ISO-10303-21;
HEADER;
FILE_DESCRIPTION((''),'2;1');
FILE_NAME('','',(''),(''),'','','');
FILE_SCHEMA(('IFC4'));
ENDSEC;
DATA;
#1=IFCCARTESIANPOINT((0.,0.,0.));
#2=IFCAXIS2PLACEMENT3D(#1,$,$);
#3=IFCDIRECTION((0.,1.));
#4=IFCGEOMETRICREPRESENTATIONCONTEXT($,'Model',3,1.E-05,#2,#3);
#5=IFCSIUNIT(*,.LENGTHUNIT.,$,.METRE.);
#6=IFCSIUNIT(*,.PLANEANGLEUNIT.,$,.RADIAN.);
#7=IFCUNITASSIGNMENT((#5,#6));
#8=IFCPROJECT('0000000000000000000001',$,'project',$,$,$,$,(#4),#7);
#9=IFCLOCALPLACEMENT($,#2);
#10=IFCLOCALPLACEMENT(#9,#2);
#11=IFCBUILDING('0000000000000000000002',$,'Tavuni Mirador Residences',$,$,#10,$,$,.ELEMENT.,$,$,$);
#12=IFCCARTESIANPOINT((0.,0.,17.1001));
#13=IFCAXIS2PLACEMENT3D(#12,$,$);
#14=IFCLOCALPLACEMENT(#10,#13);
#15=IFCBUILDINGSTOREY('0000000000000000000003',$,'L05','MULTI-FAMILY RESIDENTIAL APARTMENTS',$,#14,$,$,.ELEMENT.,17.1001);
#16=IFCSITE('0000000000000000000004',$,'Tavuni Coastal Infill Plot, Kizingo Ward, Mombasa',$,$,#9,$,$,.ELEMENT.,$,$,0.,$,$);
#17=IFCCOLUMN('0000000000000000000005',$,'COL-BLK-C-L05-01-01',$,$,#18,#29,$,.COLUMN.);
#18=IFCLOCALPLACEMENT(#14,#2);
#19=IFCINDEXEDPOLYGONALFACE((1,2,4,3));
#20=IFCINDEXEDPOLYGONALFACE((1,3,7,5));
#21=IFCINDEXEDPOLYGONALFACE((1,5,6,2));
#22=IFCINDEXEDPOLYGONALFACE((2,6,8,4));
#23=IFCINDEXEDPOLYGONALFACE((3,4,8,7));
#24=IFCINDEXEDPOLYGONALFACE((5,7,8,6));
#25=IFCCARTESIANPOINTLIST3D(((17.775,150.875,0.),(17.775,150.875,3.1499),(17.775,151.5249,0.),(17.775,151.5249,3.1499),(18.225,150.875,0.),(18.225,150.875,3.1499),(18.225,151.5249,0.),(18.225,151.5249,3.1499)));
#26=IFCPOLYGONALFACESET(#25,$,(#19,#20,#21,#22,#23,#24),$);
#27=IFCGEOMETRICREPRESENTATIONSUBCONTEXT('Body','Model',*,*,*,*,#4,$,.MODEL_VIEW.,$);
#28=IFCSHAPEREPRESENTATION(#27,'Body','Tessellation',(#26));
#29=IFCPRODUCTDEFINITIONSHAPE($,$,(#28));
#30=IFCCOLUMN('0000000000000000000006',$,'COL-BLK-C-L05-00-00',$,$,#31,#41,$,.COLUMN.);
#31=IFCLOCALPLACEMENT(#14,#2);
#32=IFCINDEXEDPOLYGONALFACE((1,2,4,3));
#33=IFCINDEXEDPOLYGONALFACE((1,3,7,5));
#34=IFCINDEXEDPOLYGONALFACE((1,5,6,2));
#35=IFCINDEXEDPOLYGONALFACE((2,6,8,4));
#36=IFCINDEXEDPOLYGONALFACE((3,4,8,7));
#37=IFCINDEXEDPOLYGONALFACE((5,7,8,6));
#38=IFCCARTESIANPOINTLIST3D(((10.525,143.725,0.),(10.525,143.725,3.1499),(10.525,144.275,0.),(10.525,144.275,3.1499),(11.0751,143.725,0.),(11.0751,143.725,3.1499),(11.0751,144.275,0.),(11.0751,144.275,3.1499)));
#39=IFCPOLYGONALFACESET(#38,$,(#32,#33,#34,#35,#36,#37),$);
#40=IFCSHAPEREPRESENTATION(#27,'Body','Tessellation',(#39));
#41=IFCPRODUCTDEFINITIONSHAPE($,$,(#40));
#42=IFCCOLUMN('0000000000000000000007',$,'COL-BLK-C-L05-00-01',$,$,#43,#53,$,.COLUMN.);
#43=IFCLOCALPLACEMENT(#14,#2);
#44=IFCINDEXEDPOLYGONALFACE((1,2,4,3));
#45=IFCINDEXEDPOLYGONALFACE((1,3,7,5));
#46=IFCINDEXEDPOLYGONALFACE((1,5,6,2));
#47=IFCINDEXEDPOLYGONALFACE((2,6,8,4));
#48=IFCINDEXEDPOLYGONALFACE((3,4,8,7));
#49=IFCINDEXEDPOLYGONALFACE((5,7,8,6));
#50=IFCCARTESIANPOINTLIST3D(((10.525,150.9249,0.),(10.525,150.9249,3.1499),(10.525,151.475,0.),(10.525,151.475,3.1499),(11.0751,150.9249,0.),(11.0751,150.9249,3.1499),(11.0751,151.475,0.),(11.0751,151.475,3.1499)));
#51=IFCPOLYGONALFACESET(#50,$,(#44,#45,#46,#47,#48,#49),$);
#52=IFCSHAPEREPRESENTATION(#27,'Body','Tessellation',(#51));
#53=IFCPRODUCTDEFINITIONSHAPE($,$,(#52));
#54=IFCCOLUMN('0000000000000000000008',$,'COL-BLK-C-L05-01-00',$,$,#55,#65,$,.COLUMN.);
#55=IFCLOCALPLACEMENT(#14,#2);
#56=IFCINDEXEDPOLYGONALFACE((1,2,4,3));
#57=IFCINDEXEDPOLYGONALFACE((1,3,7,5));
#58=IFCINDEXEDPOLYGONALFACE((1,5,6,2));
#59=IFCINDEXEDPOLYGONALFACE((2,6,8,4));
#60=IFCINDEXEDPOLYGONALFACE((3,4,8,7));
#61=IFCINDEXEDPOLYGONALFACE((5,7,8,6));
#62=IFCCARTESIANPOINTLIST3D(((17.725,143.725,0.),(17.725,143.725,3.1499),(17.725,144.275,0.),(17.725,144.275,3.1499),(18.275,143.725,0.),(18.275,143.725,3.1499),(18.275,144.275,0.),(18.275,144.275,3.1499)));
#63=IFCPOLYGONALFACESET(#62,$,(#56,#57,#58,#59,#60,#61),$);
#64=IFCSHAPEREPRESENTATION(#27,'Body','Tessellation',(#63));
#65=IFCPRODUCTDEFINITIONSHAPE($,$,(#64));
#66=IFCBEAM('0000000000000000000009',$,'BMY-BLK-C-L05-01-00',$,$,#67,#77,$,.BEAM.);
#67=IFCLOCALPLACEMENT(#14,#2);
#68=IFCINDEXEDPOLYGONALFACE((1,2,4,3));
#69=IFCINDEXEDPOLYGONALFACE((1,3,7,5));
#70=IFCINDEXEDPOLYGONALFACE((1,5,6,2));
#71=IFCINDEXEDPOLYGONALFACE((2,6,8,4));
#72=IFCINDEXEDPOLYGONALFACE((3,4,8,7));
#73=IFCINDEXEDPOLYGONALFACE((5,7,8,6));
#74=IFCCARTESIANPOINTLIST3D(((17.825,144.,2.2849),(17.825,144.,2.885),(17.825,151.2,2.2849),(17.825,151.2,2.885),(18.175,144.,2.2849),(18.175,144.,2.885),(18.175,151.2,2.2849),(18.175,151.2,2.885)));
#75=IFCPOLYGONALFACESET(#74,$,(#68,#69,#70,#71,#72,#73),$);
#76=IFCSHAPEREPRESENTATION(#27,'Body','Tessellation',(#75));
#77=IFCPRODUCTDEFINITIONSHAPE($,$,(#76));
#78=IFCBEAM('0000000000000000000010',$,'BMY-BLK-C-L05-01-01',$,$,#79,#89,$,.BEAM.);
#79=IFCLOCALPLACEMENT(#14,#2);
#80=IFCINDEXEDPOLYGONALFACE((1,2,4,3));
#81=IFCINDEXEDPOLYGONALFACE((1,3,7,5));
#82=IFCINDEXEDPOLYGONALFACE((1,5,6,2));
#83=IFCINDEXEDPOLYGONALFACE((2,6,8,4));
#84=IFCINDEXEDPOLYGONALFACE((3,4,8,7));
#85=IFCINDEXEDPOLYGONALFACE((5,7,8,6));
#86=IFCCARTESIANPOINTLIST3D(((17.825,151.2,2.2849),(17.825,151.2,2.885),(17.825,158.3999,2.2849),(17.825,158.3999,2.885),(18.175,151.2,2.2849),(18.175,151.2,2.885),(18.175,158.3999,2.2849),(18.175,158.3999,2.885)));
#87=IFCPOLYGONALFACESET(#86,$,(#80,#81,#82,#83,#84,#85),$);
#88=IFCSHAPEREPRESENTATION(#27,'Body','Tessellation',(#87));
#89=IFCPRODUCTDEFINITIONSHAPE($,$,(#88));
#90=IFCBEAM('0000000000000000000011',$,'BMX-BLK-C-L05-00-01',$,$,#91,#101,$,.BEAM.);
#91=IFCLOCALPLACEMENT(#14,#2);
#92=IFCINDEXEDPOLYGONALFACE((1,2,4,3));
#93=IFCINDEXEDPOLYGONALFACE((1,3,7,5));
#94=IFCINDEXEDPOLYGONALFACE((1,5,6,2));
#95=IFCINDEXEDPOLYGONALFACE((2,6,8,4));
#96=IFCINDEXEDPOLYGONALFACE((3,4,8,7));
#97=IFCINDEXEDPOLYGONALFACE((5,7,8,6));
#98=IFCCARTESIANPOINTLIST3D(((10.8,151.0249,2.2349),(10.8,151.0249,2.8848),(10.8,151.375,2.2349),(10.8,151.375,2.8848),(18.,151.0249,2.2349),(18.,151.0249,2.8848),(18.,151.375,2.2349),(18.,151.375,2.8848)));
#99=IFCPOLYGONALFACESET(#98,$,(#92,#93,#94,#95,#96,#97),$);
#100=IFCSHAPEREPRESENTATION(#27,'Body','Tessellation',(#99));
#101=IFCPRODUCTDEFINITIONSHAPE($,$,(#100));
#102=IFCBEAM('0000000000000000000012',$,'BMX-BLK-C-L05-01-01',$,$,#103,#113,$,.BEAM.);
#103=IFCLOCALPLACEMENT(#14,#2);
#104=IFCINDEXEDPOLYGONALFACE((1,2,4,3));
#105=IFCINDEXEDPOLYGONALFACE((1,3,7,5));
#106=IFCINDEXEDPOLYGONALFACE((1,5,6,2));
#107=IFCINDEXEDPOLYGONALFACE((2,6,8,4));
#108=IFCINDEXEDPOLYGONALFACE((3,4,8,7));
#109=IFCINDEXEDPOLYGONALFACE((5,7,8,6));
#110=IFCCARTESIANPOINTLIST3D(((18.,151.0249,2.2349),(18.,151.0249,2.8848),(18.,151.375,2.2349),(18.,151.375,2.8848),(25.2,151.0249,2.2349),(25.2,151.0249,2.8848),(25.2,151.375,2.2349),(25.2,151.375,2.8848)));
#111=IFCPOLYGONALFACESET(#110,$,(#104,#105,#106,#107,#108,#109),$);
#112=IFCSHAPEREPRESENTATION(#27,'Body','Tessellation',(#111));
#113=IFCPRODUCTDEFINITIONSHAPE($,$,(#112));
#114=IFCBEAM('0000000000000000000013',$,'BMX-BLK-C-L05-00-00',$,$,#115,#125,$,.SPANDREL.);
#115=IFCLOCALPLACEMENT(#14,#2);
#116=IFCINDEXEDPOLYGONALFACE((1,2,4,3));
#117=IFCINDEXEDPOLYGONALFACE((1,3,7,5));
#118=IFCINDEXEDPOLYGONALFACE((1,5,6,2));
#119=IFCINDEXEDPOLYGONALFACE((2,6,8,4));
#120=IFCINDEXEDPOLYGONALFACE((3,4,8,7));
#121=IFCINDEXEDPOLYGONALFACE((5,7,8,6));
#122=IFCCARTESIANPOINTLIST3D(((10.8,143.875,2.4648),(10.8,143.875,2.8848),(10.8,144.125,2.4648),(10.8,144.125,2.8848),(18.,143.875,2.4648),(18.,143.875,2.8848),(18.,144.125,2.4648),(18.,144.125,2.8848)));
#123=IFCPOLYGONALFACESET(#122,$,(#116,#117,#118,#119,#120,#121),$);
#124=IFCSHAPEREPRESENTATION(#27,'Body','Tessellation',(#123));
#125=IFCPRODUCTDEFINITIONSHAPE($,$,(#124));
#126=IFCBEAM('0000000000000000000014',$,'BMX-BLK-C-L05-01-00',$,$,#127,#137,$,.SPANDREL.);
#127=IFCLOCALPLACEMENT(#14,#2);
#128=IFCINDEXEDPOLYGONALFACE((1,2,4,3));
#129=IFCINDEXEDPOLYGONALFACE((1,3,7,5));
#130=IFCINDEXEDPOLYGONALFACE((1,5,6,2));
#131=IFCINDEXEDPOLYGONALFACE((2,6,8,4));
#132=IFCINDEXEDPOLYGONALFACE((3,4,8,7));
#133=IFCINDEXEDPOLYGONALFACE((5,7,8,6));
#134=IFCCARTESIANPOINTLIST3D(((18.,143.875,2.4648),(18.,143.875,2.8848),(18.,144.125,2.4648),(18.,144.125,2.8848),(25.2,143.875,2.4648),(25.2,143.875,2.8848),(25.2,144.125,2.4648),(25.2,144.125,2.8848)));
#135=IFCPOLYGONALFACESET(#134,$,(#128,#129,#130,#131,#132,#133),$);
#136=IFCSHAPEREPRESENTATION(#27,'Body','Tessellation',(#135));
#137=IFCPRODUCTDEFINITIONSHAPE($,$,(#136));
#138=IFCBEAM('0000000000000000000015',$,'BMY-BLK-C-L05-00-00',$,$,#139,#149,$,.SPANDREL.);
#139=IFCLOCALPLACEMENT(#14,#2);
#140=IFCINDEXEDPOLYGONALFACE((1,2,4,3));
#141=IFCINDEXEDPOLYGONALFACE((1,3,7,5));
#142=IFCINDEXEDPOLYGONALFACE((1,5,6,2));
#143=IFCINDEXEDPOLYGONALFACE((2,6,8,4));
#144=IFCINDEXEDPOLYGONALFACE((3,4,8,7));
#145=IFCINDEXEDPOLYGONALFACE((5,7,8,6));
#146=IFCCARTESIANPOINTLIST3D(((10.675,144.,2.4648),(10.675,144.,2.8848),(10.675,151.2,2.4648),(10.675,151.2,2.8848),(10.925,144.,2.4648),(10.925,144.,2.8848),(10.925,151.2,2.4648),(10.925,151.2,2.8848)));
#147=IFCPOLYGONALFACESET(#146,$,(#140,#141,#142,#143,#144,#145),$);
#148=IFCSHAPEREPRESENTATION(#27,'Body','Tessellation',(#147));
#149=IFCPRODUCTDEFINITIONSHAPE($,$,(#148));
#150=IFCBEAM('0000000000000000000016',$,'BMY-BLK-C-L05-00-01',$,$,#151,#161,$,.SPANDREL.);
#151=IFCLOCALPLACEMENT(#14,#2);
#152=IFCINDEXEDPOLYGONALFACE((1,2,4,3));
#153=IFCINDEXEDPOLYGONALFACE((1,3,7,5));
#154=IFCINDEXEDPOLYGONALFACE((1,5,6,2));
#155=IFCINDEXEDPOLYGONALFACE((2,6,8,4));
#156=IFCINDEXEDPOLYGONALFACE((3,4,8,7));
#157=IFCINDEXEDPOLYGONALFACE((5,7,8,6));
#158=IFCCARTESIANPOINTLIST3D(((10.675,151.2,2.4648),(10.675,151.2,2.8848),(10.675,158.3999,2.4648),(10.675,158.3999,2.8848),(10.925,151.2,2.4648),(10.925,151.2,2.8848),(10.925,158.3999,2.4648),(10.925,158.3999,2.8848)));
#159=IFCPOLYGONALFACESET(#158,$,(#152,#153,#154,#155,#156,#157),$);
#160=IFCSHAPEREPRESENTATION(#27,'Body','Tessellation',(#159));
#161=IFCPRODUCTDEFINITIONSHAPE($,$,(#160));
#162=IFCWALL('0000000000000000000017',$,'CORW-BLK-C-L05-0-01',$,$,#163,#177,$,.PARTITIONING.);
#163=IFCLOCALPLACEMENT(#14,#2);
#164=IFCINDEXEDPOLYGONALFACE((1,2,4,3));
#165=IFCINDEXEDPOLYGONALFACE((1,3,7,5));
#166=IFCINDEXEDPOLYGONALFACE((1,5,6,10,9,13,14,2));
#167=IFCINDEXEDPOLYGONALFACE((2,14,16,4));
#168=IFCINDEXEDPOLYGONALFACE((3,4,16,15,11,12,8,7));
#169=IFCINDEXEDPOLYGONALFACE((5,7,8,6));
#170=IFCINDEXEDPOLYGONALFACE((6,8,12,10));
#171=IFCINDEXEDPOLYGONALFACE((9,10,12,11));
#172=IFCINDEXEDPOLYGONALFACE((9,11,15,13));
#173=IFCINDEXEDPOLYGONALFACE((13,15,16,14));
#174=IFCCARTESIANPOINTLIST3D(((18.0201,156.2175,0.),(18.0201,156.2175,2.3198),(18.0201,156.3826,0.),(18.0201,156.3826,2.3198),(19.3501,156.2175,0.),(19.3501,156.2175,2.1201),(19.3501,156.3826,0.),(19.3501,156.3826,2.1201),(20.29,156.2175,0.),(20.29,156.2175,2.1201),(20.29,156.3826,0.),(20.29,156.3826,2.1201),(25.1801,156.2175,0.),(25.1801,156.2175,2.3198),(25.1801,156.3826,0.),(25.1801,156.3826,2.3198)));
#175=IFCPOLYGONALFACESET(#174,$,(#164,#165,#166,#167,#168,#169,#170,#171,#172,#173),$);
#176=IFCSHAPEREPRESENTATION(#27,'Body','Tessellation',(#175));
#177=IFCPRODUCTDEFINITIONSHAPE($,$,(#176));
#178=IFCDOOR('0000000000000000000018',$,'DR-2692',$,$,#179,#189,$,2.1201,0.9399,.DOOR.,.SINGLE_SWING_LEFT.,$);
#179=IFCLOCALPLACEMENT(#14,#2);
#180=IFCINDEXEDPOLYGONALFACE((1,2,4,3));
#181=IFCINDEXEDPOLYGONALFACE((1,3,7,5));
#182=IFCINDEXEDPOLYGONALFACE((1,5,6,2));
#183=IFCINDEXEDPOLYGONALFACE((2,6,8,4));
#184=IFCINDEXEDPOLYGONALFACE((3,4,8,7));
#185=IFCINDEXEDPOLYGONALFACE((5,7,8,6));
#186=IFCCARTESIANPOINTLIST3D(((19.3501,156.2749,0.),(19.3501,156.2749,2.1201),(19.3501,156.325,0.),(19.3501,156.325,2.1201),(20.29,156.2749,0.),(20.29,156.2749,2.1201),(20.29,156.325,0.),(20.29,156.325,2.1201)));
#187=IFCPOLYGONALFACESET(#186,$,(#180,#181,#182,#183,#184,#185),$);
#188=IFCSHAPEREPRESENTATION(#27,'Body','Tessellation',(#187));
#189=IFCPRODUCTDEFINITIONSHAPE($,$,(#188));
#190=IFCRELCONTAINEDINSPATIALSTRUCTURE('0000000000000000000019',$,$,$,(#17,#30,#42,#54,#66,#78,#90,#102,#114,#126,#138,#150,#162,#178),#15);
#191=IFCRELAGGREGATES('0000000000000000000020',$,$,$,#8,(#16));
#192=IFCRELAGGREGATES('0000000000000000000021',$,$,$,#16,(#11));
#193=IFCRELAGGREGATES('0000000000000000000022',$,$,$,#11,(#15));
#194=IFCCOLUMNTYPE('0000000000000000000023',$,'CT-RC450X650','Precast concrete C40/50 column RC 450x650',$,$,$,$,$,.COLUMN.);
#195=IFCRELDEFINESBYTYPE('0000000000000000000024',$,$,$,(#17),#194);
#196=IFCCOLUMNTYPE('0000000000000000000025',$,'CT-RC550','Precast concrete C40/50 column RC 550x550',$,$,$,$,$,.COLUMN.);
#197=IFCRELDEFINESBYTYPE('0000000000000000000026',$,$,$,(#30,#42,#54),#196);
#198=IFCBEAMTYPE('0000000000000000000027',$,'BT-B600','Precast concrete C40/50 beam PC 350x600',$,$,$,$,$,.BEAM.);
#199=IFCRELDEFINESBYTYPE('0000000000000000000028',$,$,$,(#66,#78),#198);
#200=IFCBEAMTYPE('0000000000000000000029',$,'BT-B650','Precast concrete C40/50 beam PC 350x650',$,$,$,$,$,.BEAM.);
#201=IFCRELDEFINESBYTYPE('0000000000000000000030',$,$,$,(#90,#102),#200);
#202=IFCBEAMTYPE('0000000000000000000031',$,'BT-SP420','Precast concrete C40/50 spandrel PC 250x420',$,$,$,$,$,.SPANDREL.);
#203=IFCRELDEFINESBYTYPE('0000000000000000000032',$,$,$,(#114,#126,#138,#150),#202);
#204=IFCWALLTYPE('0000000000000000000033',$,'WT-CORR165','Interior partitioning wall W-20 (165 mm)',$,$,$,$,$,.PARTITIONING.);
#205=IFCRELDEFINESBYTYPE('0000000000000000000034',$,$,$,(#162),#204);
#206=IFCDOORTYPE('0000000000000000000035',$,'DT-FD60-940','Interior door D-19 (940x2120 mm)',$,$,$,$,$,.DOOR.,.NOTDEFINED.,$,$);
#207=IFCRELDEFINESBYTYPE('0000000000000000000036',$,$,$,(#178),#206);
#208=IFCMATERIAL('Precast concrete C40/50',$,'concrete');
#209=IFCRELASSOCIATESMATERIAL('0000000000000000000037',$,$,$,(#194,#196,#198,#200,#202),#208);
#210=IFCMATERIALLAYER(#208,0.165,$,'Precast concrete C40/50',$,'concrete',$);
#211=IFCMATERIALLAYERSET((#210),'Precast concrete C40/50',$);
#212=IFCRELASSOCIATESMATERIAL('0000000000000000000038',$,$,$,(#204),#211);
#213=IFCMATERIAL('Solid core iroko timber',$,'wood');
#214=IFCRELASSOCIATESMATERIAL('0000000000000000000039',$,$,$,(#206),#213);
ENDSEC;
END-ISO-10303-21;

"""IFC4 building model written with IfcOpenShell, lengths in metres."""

from ifc_helpers import new_model, si_unit, direction, frame, frame_2d, origin, origin_2d, place, context, subcontext, project, spatial, rectangle, extrude, material, layer, layer_set, material_profile, profile_set, type_object, element, fill, save


model = new_model("IFC4")

# Units and contexts
model_context = context("Model", 3, precision=1e-05, world=origin(), true_north=direction((0.0, 1.0)))
body_context = subcontext(model_context, "Body", "Model", "MODEL_VIEW")
ifc_project = project(units=[si_unit("LENGTHUNIT", "METRE"), si_unit("PLANEANGLEUNIT", "RADIAN")], contexts=[model_context])

# Site, building, storey
site_placement = place(None, origin())
site = spatial("IfcSite", under=ifc_project, at=site_placement, Name="Tavuni Coastal Infill Plot, Kizingo Ward, Mombasa", CompositionType="ELEMENT", RefElevation=0.0)
building_placement = place(site_placement, origin())
building = spatial("IfcBuilding", under=site, at=building_placement, Name="Tavuni Mirador Residences", CompositionType="ELEMENT")
storey_placement = place(building_placement, frame((0.0, 0.0, 17.1001)))
storey = spatial("IfcBuildingStorey", under=building, at=storey_placement, Name="L05", Description="MULTI-FAMILY RESIDENTIAL APARTMENTS", CompositionType="ELEMENT", Elevation=17.1001)

# Columns
ifc_material_1 = material(Name="Precast concrete C40/50", Category="concrete")
ifc_material_profile_1 = material_profile(ifc_material_1, rectangle(XDim=0.45, YDim=0.6499, at=origin_2d()), Name="RC 450x650", Category="concrete")
ifc_profile_set_1 = profile_set([ifc_material_profile_1], Name="Precast concrete C40/50")
column_type_1 = type_object("IfcColumnType", Name="CT-RC450X650", Description="Precast concrete C40/50 column RC 450x650", PredefinedType="COLUMN", material=ifc_profile_set_1)
column_placement = place(storey_placement, frame((18.0, 151.2, 0.0), z_axis=(0.0, 0.0, 1.0), x_axis=(1.0, 0.0, 0.0)))
element("IfcColumn", 1, at=column_placement, inside=storey, type_object=column_type_1, Name="COL-BLK-C-L05-01-01", PredefinedType="COLUMN", context=body_context, shape_type="SweptSolid", body=[
    extrude(rectangle(XDim=0.45, YDim=0.6499, at=origin_2d()), origin(), (0.0, 0.0, 1.0), 3.1499),
])
ifc_material_profile_2 = material_profile(ifc_material_1, rectangle(XDim=0.55, YDim=0.55, at=origin_2d()), Name="RC 550x550", Category="concrete")
ifc_profile_set_2 = profile_set([ifc_material_profile_2], Name="Precast concrete C40/50")
column_type_2 = type_object("IfcColumnType", Name="CT-RC550", Description="Precast concrete C40/50 column RC 550x550", PredefinedType="COLUMN", material=ifc_profile_set_2)
for number, where, z_axis, x_axis, name in (
    (2, (10.8, 144.0, 0.0), (0.0, 0.0, 1.0), (1.0, 0.0, 0.0), "COL-BLK-C-L05-00-00"),
    (3, (10.8, 151.2, 0.0), (0.0, 0.0, 1.0), (1.0, 0.0, 0.0), "COL-BLK-C-L05-00-01"),
    (4, (18.0, 144.0, 0.0), (0.0, 0.0, 1.0), (1.0, 0.0, 0.0), "COL-BLK-C-L05-01-00"),
):
    element("IfcColumn", number, at=place(storey_placement, frame(where, z_axis=z_axis, x_axis=x_axis)), inside=storey, type_object=column_type_2, Name=name, PredefinedType="COLUMN", context=body_context, shape_type="SweptSolid", body=[
        extrude(rectangle(XDim=0.55, YDim=0.55, at=origin_2d()), origin(), (0.0, 0.0, 1.0), 3.1499),
    ])

# Beams
ifc_material_profile_3 = material_profile(ifc_material_1, rectangle(XDim=0.3501, YDim=0.6001, at=origin_2d()), Name="PC 350x600", Category="concrete")
ifc_profile_set_3 = profile_set([ifc_material_profile_3], Name="Precast concrete C40/50")
beam_type_1 = type_object("IfcBeamType", Name="BT-B600", Description="Precast concrete C40/50 beam PC 350x600", PredefinedType="BEAM", material=ifc_profile_set_3)
for number, where, z_axis, x_axis, name in (
    (5, (18.0, 144.0, 2.585), (0.0, 1.0, 0.0), (-1.0, 0.0, 0.0), "BMY-BLK-C-L05-01-00"),
    (6, (18.0, 151.2, 2.585), (0.0, 1.0, 0.0), (-1.0, 0.0, 0.0), "BMY-BLK-C-L05-01-01"),
):
    element("IfcBeam", number, at=place(storey_placement, frame(where, z_axis=z_axis, x_axis=x_axis)), inside=storey, type_object=beam_type_1, Name=name, PredefinedType="BEAM", context=body_context, shape_type="SweptSolid", body=[
        extrude(rectangle(XDim=0.3501, YDim=0.6001, at=origin_2d()), origin(), (0.0, 0.0, 1.0), 7.2),
    ])
ifc_material_profile_4 = material_profile(ifc_material_1, rectangle(XDim=0.3501, YDim=0.6499, at=origin_2d()), Name="PC 350x650", Category="concrete")
ifc_profile_set_4 = profile_set([ifc_material_profile_4], Name="Precast concrete C40/50")
beam_type_2 = type_object("IfcBeamType", Name="BT-B650", Description="Precast concrete C40/50 beam PC 350x650", PredefinedType="BEAM", material=ifc_profile_set_4)
for number, where, z_axis, x_axis, name in (
    (7, (10.8, 151.2, 2.5598), (1.0, 0.0, 0.0), (0.0, 1.0, 0.0), "BMX-BLK-C-L05-00-01"),
    (8, (18.0, 151.2, 2.5598), (1.0, 0.0, 0.0), (0.0, 1.0, 0.0), "BMX-BLK-C-L05-01-01"),
):
    element("IfcBeam", number, at=place(storey_placement, frame(where, z_axis=z_axis, x_axis=x_axis)), inside=storey, type_object=beam_type_2, Name=name, PredefinedType="BEAM", context=body_context, shape_type="SweptSolid", body=[
        extrude(rectangle(XDim=0.3501, YDim=0.6499, at=origin_2d()), origin(), (0.0, 0.0, 1.0), 7.2),
    ])
ifc_material_profile_5 = material_profile(ifc_material_1, rectangle(XDim=0.25, YDim=0.4199, at=origin_2d()), Name="PC 250x420", Category="concrete")
ifc_profile_set_5 = profile_set([ifc_material_profile_5], Name="Precast concrete C40/50")
beam_type_3 = type_object("IfcBeamType", Name="BT-SP420", Description="Precast concrete C40/50 spandrel PC 250x420", PredefinedType="SPANDREL", material=ifc_profile_set_5)
for number, where, z_axis, x_axis, name in (
    (9, (10.8, 144.0, 2.6748), (1.0, 0.0, 0.0), (0.0, 1.0, 0.0), "BMX-BLK-C-L05-00-00"),
    (10, (18.0, 144.0, 2.6748), (1.0, 0.0, 0.0), (0.0, 1.0, 0.0), "BMX-BLK-C-L05-01-00"),
    (11, (10.8, 144.0, 2.6748), (0.0, 1.0, 0.0), (-1.0, 0.0, 0.0), "BMY-BLK-C-L05-00-00"),
    (12, (10.8, 151.2, 2.6748), (0.0, 1.0, 0.0), (-1.0, 0.0, 0.0), "BMY-BLK-C-L05-00-01"),
):
    element("IfcBeam", number, at=place(storey_placement, frame(where, z_axis=z_axis, x_axis=x_axis)), inside=storey, type_object=beam_type_3, Name=name, PredefinedType="SPANDREL", context=body_context, shape_type="SweptSolid", body=[
        extrude(rectangle(XDim=0.25, YDim=0.4199, at=origin_2d()), origin(), (0.0, 0.0, 1.0), 7.2),
    ])

# Wall, opening, door
ifc_layer_1 = layer(ifc_material_1, 0.165, Name="Precast concrete C40/50", Category="concrete")
ifc_layer_set_1 = layer_set([ifc_layer_1], Name="Precast concrete C40/50")
wall_type_1 = type_object("IfcWallType", Name="WT-CORR165", Description="Interior partitioning wall W-20 (165 mm)", PredefinedType="PARTITIONING", material=ifc_layer_set_1)
ifc_material_2 = material(Name="Solid core iroko timber", Category="wood")
wall_1_placement = place(storey_placement, frame((18.02, 156.3, 0.0), z_axis=(0.0, 0.0, 1.0), x_axis=(1.0, 0.0, 0.0)))
wall_1 = element("IfcWall", 13, at=wall_1_placement, inside=storey, type_object=wall_type_1, Name="CORW-BLK-C-L05-0-01", PredefinedType="PARTITIONING", context=body_context, shape_type="SweptSolid", body=[
    extrude(rectangle(XDim=7.1599, YDim=0.165, at=frame_2d((3.5801, 0.0))), origin(), (0.0, 0.0, 1.0), 2.3198),
])
opening_1_placement = place(wall_1_placement, frame((1.3301, 0.0, 0.0)))
opening_1 = element("IfcOpeningElement", 14, at=opening_1_placement, cuts=wall_1, PredefinedType="OPENING", context=body_context, shape_type="SweptSolid", body=[
    extrude(rectangle(XDim=0.9399, YDim=2.1201, at=frame_2d((0.47, 1.0601))), frame((0.0, 0.0925, 0.0), z_axis=(0.0, -1.0, 0.0), x_axis=(1.0, 0.0, 0.0)), (0.0, 0.0, 1.0), 0.1851),
])
door_type_1 = type_object("IfcDoorType", Name="DT-FD60-940", Description="Interior door D-19 (940x2120 mm)", OperationType="NOTDEFINED", PredefinedType="DOOR", material=ifc_material_2)
door_1_placement = place(opening_1_placement, origin())
door_1 = element("IfcDoor", 15, at=door_1_placement, inside=storey, type_object=door_type_1, Name="DR-2692", OperationType="SINGLE_SWING_LEFT", OverallHeight=2.1201, OverallWidth=0.9399, PredefinedType="DOOR", context=body_context, shape_type="SweptSolid", body=[
    extrude(rectangle(XDim=0.9399, YDim=2.1201, at=frame_2d((0.47, 1.0601))), frame((0.0, 0.0249, 0.0), z_axis=(0.0, -1.0, 0.0), x_axis=(1.0, 0.0, 0.0)), (0.0, 0.0, 1.0), 0.05),
])
fill(opening_1, door_1)

save(model, "model.ifc")
